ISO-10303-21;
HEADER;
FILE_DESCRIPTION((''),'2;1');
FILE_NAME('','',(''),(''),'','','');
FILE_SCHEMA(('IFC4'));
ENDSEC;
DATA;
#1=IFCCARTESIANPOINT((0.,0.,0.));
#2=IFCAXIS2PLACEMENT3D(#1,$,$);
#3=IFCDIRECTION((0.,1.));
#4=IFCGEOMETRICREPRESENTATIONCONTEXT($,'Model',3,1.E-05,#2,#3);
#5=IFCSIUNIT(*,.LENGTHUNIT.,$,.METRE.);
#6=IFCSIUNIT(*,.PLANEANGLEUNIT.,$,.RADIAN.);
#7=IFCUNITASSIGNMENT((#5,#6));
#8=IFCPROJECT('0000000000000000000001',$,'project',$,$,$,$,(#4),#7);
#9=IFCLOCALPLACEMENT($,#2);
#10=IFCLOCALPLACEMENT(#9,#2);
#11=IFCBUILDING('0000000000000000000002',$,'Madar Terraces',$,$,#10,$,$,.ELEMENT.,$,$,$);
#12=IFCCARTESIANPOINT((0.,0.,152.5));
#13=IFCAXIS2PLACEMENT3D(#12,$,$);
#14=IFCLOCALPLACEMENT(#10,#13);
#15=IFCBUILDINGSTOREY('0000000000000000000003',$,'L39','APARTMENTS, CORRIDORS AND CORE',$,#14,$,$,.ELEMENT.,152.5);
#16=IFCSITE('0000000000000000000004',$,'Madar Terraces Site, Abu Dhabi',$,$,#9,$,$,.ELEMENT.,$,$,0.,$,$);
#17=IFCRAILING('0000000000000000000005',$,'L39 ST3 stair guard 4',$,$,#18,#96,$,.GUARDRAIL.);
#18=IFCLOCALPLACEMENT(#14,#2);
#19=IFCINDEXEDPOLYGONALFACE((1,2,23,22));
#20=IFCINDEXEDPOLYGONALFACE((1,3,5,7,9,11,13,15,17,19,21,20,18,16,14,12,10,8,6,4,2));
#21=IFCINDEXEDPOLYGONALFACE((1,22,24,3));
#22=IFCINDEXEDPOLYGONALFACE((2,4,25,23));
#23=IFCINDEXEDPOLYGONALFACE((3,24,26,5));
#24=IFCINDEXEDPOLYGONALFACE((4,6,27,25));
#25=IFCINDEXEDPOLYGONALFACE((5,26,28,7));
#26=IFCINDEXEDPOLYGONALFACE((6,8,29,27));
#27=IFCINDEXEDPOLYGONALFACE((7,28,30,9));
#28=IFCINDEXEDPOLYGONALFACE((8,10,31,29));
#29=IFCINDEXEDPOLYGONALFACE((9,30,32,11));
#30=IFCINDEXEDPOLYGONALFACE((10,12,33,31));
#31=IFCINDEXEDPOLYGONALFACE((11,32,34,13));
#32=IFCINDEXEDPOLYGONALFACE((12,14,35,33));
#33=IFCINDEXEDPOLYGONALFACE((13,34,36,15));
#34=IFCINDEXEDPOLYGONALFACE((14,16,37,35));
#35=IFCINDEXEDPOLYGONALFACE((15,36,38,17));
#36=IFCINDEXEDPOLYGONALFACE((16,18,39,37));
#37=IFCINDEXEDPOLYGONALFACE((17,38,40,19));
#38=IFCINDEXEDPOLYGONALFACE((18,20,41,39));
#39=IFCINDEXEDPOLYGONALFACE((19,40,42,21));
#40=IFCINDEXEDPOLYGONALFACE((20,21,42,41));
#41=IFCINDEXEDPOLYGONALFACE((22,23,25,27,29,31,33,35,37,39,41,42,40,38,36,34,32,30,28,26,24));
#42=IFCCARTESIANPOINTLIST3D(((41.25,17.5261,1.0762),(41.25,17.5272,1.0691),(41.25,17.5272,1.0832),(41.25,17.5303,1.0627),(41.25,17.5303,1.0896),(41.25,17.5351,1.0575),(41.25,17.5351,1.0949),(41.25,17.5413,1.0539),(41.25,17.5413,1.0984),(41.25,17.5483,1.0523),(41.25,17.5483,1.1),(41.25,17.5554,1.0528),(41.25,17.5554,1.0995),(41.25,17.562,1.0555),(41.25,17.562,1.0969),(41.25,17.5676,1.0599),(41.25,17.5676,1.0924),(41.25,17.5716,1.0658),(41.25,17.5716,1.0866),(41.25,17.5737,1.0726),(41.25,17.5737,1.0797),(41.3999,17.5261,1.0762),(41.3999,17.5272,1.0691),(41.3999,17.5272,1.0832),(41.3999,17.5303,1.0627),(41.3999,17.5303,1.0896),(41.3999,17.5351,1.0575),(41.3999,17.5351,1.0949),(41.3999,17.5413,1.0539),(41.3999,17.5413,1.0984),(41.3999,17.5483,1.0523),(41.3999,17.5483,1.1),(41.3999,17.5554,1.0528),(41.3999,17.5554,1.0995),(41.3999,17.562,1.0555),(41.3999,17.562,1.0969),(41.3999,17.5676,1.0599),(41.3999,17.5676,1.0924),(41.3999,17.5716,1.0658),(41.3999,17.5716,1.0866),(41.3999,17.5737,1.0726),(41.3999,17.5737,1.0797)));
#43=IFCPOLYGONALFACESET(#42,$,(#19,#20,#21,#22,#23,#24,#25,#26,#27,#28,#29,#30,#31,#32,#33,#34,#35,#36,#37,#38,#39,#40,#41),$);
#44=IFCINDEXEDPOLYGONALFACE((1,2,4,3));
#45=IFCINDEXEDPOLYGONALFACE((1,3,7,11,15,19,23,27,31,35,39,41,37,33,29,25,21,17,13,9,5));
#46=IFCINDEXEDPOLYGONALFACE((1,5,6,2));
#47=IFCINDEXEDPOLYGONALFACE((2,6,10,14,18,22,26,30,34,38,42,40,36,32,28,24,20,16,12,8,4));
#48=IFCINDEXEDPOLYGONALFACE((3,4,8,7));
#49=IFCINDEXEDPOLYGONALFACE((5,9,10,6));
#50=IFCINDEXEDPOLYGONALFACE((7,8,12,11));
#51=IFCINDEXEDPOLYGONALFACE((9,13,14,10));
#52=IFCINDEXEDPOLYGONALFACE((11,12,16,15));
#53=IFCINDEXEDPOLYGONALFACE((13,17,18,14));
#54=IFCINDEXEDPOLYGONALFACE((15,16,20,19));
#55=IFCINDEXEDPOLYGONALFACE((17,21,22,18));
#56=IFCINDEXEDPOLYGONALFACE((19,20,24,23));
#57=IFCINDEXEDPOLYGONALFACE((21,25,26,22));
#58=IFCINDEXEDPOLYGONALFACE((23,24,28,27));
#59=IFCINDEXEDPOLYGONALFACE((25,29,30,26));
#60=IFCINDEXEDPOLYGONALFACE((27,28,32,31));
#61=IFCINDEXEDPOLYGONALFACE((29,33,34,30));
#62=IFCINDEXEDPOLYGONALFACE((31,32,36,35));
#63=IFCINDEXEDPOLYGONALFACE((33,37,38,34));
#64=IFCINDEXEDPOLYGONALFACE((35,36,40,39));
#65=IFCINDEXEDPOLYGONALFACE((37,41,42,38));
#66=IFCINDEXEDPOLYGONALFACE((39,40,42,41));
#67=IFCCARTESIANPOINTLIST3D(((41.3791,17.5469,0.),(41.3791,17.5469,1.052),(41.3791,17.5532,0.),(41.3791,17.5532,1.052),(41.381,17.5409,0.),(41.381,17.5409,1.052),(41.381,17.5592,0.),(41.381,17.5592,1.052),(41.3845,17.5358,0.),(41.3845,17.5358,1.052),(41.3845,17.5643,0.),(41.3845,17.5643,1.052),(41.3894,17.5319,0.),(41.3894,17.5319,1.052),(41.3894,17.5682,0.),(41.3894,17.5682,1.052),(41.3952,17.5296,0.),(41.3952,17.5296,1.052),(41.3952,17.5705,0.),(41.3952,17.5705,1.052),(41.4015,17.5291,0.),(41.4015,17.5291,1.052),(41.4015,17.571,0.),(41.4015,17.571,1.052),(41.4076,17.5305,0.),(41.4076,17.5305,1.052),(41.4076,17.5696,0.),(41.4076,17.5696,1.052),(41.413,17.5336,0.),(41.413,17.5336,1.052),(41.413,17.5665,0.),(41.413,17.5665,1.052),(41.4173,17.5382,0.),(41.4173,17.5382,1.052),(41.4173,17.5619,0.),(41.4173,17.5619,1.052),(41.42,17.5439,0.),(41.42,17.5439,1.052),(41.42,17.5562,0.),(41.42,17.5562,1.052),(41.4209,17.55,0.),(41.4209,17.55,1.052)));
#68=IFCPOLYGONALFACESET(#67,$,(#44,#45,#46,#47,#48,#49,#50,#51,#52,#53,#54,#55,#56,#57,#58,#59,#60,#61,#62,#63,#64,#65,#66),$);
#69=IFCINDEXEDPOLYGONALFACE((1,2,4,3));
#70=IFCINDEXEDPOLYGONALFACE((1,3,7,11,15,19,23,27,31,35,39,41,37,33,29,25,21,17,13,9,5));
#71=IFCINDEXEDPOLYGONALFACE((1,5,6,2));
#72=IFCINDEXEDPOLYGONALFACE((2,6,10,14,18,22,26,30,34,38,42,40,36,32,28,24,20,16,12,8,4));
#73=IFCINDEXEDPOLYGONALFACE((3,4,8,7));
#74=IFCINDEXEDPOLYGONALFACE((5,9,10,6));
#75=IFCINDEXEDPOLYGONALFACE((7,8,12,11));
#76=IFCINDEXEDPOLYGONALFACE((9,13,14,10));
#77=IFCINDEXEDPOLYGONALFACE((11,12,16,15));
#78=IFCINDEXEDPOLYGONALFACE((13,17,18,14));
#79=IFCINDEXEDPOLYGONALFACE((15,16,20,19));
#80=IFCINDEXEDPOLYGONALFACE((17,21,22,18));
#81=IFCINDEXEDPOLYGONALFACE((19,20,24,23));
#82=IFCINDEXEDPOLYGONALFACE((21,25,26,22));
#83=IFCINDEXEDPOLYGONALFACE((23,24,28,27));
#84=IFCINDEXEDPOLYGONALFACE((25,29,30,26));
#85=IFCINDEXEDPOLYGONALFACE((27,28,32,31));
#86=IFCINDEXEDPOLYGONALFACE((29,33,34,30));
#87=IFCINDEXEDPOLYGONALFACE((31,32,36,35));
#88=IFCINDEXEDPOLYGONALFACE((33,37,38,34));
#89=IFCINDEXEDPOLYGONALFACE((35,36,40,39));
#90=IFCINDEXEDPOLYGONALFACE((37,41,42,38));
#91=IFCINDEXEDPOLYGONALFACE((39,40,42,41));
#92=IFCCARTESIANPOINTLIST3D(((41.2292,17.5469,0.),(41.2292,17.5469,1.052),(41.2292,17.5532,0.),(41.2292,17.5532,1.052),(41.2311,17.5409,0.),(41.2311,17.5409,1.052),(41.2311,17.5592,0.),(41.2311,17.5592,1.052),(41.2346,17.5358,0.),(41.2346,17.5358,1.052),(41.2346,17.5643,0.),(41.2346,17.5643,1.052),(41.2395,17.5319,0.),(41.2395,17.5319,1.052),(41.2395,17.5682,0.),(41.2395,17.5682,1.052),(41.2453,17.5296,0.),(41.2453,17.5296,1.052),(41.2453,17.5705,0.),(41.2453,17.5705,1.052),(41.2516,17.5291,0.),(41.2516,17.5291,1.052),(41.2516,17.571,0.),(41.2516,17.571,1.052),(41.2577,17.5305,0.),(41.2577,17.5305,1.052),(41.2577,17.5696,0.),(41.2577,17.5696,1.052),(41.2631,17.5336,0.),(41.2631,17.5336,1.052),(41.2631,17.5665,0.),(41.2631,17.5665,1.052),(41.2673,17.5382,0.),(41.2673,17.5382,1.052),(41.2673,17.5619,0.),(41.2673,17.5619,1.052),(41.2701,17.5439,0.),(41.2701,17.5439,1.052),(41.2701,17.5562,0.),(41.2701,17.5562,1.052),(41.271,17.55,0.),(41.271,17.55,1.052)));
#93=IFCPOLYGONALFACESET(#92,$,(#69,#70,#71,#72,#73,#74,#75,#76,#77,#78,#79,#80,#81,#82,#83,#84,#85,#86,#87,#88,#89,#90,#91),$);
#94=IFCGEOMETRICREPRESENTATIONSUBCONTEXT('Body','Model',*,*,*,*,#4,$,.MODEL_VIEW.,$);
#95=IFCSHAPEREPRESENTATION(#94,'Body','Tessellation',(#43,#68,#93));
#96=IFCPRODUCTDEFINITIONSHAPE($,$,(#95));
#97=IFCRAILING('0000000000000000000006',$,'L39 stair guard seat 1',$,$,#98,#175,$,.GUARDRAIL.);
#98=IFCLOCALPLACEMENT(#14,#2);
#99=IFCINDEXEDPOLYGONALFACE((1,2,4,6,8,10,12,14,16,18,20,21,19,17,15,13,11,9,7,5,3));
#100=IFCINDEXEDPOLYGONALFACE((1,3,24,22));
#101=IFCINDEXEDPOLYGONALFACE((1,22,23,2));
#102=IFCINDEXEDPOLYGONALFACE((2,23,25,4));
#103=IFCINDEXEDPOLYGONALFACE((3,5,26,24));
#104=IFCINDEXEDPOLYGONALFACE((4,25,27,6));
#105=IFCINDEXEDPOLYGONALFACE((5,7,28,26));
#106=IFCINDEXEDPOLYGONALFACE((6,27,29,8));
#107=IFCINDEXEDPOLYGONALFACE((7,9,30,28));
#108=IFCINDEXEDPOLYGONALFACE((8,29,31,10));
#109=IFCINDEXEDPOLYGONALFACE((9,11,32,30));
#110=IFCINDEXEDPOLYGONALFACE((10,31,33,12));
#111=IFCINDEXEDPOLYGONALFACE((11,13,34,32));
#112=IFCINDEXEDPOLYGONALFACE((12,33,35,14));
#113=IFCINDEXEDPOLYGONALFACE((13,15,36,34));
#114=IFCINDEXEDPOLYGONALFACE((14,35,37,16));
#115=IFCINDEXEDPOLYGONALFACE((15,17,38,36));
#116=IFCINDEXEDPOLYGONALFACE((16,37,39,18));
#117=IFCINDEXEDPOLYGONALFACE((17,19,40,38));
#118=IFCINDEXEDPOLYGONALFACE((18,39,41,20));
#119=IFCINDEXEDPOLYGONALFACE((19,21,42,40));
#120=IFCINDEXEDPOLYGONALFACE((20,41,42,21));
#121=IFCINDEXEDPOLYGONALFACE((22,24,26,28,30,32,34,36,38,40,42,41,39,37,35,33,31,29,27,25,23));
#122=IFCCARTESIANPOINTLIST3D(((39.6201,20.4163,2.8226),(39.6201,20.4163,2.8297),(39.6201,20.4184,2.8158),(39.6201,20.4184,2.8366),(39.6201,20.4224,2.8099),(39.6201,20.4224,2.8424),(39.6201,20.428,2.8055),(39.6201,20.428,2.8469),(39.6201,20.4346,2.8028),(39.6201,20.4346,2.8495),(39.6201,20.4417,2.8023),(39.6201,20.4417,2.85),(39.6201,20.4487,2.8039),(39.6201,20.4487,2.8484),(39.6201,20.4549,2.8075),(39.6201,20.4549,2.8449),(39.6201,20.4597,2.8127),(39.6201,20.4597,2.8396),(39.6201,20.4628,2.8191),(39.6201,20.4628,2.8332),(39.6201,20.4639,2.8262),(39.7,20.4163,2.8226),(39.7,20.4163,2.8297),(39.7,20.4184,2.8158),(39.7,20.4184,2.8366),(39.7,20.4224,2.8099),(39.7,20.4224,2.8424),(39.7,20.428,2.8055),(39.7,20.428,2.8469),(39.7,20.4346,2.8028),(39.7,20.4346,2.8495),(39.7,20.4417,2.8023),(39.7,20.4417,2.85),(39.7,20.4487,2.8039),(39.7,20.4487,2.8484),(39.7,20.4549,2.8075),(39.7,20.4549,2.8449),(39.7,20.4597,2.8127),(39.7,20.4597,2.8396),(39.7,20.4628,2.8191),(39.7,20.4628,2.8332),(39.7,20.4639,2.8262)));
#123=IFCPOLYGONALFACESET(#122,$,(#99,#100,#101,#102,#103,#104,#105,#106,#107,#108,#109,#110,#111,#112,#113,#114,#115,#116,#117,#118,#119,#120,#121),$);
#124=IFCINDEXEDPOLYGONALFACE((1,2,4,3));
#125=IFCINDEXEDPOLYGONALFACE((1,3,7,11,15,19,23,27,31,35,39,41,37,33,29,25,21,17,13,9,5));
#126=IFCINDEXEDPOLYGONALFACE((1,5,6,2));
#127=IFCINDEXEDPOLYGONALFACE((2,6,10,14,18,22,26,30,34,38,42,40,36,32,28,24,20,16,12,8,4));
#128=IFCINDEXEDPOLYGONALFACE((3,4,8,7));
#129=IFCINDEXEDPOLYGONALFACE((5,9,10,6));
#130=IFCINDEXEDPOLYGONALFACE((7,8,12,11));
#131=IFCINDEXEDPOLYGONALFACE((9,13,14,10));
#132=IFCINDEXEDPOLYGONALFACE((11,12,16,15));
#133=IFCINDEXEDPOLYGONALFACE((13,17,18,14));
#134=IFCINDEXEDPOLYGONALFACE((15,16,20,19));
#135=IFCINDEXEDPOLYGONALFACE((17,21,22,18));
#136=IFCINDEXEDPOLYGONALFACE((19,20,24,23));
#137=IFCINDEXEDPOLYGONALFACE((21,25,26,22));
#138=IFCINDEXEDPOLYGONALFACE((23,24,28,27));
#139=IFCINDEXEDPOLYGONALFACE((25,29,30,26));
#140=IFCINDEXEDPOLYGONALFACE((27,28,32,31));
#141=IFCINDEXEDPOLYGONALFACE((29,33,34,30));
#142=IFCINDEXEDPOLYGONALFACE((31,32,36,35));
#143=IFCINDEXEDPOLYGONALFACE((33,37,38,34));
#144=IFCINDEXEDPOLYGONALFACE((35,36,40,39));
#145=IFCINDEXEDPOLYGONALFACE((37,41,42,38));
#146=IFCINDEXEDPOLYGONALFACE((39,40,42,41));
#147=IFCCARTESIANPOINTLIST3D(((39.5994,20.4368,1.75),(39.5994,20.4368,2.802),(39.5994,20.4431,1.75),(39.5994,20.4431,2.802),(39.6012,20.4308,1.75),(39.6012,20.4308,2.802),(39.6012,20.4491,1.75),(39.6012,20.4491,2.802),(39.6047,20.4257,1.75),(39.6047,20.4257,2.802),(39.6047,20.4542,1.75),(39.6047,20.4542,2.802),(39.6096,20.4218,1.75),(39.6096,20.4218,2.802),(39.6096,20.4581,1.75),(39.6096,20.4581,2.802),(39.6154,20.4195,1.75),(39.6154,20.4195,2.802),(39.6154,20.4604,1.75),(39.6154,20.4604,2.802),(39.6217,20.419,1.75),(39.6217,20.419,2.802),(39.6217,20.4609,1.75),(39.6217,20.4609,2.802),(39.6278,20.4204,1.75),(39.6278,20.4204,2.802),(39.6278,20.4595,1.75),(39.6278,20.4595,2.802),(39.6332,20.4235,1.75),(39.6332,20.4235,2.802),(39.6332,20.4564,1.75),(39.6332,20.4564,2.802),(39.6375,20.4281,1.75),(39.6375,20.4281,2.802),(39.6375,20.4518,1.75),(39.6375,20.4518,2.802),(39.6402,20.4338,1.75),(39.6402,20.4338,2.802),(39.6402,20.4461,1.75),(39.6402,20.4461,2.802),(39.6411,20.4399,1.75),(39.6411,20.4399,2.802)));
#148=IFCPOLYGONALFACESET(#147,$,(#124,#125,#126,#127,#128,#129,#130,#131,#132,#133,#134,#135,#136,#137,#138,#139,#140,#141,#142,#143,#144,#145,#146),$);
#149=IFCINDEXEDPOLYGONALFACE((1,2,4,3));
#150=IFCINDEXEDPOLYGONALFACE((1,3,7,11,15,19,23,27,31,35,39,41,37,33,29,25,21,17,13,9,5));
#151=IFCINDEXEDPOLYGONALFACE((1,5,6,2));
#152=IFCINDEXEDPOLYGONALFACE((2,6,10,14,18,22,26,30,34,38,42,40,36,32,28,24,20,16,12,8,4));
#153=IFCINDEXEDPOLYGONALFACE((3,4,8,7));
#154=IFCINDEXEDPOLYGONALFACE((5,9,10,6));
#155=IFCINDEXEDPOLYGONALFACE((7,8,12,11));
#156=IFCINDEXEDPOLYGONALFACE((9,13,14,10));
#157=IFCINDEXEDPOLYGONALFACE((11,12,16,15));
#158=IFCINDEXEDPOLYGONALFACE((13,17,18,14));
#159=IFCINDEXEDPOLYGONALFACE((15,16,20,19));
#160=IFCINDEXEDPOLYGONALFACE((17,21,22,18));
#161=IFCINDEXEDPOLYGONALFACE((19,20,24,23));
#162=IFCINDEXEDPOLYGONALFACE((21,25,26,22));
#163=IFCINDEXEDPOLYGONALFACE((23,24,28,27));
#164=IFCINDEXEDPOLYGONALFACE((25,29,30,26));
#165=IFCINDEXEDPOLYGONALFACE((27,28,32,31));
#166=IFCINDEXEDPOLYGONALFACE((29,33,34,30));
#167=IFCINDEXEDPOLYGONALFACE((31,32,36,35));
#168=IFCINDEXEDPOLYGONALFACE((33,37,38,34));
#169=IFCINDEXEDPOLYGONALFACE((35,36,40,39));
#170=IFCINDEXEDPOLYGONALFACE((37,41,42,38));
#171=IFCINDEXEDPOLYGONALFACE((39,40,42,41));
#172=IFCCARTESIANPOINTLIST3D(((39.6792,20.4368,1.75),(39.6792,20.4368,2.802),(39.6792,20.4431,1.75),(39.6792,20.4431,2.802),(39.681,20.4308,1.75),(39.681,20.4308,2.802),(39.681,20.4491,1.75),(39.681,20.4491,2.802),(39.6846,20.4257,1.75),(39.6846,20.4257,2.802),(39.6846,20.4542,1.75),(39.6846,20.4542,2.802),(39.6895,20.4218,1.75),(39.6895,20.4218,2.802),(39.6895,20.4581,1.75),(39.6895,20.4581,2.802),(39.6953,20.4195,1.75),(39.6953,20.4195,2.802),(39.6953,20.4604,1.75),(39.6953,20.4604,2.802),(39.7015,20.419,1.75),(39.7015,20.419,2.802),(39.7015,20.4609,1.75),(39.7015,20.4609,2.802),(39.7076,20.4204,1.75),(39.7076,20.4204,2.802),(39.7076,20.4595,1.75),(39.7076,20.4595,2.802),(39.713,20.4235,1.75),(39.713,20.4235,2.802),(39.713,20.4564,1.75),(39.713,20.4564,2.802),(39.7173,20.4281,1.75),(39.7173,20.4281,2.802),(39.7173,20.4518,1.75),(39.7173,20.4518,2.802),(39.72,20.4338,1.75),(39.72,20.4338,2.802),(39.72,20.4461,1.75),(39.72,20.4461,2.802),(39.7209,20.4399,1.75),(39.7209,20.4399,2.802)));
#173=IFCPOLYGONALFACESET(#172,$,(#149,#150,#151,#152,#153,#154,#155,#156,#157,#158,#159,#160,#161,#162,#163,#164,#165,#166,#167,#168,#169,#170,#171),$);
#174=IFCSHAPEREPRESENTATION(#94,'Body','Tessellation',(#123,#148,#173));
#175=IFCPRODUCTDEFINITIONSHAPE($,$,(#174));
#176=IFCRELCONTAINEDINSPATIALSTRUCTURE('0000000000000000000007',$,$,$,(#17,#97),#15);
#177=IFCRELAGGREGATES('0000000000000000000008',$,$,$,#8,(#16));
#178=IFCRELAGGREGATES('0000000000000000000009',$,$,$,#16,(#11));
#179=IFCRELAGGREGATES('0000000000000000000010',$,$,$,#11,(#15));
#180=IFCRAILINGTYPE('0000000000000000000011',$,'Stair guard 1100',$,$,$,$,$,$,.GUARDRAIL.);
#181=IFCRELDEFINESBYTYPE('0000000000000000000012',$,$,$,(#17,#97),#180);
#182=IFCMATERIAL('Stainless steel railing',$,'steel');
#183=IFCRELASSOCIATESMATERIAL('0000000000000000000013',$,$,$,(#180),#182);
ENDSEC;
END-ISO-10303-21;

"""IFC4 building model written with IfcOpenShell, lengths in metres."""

from ifc_helpers import new_model, si_unit, direction, frame, origin, origin_2d, place, context, subcontext, project, spatial, circle, extrude, material, type_object, element, save


model = new_model("IFC4")

# Units and contexts
model_context = context("Model", 3, precision=1e-05, world=origin(), true_north=direction((0.0, 1.0)))
body_context = subcontext(model_context, "Body", "Model", "MODEL_VIEW")
ifc_project = project(units=[si_unit("LENGTHUNIT", "METRE"), si_unit("PLANEANGLEUNIT", "RADIAN")], contexts=[model_context])

# Site, building, storey
site_placement = place(None, origin())
site = spatial("IfcSite", under=ifc_project, at=site_placement, Name="Madar Terraces Site, Abu Dhabi", CompositionType="ELEMENT", RefElevation=0.0)
building_placement = place(site_placement, origin())
building = spatial("IfcBuilding", under=site, at=building_placement, Name="Madar Terraces", CompositionType="ELEMENT")
storey_placement = place(building_placement, frame((0.0, 0.0, 152.5)))
storey = spatial("IfcBuildingStorey", under=building, at=storey_placement, Name="L39", Description="APARTMENTS, CORRIDORS AND CORE", CompositionType="ELEMENT", Elevation=152.5)

# Railings
ifc_material_1 = material(Name="Stainless steel railing", Category="steel")
railing_type_1 = type_object("IfcRailingType", Name="Stair guard 1100", PredefinedType="GUARDRAIL", material=ifc_material_1)
railing_1_placement = place(storey_placement, frame((41.3999, 17.55, 0.0)))
element("IfcRailing", 1, at=railing_1_placement, inside=storey, type_object=railing_type_1, Name="L39 ST3 stair guard 4", PredefinedType="GUARDRAIL", context=body_context, shape_type="SweptSolid", body=[
    extrude(circle(Radius=0.0239, at=origin_2d()), frame((0.0, 0.0, 1.0762), z_axis=(-1.0, 0.0, 0.0), x_axis=(0.0, -1.0, 0.0)), (0.0, 0.0, 1.0), 0.1499),
    extrude(circle(Radius=0.021, at=origin_2d()), origin(), (0.0, 0.0, 1.0), 1.052),
    extrude(circle(Radius=0.021, at=origin_2d()), frame((-0.1499, 0.0, 0.0)), (0.0, 0.0, 1.0), 1.052),
])
railing_2_placement = place(storey_placement, frame((39.6201, 20.4399, 1.75)))
element("IfcRailing", 2, at=railing_2_placement, inside=storey, type_object=railing_type_1, Name="L39 stair guard seat 1", PredefinedType="GUARDRAIL", context=body_context, shape_type="SweptSolid", body=[
    extrude(circle(Radius=0.0239, at=origin_2d()), frame((0.0, 0.0, 1.0762), z_axis=(1.0, 0.0, 0.0), x_axis=(0.0, 1.0, 0.0)), (0.0, 0.0, 1.0), 0.0798),
    extrude(circle(Radius=0.021, at=origin_2d()), origin(), (0.0, 0.0, 1.0), 1.052),
    extrude(circle(Radius=0.021, at=origin_2d()), frame((0.0798, 0.0, 0.0)), (0.0, 0.0, 1.0), 1.052),
])

save(model, "model.ifc")
